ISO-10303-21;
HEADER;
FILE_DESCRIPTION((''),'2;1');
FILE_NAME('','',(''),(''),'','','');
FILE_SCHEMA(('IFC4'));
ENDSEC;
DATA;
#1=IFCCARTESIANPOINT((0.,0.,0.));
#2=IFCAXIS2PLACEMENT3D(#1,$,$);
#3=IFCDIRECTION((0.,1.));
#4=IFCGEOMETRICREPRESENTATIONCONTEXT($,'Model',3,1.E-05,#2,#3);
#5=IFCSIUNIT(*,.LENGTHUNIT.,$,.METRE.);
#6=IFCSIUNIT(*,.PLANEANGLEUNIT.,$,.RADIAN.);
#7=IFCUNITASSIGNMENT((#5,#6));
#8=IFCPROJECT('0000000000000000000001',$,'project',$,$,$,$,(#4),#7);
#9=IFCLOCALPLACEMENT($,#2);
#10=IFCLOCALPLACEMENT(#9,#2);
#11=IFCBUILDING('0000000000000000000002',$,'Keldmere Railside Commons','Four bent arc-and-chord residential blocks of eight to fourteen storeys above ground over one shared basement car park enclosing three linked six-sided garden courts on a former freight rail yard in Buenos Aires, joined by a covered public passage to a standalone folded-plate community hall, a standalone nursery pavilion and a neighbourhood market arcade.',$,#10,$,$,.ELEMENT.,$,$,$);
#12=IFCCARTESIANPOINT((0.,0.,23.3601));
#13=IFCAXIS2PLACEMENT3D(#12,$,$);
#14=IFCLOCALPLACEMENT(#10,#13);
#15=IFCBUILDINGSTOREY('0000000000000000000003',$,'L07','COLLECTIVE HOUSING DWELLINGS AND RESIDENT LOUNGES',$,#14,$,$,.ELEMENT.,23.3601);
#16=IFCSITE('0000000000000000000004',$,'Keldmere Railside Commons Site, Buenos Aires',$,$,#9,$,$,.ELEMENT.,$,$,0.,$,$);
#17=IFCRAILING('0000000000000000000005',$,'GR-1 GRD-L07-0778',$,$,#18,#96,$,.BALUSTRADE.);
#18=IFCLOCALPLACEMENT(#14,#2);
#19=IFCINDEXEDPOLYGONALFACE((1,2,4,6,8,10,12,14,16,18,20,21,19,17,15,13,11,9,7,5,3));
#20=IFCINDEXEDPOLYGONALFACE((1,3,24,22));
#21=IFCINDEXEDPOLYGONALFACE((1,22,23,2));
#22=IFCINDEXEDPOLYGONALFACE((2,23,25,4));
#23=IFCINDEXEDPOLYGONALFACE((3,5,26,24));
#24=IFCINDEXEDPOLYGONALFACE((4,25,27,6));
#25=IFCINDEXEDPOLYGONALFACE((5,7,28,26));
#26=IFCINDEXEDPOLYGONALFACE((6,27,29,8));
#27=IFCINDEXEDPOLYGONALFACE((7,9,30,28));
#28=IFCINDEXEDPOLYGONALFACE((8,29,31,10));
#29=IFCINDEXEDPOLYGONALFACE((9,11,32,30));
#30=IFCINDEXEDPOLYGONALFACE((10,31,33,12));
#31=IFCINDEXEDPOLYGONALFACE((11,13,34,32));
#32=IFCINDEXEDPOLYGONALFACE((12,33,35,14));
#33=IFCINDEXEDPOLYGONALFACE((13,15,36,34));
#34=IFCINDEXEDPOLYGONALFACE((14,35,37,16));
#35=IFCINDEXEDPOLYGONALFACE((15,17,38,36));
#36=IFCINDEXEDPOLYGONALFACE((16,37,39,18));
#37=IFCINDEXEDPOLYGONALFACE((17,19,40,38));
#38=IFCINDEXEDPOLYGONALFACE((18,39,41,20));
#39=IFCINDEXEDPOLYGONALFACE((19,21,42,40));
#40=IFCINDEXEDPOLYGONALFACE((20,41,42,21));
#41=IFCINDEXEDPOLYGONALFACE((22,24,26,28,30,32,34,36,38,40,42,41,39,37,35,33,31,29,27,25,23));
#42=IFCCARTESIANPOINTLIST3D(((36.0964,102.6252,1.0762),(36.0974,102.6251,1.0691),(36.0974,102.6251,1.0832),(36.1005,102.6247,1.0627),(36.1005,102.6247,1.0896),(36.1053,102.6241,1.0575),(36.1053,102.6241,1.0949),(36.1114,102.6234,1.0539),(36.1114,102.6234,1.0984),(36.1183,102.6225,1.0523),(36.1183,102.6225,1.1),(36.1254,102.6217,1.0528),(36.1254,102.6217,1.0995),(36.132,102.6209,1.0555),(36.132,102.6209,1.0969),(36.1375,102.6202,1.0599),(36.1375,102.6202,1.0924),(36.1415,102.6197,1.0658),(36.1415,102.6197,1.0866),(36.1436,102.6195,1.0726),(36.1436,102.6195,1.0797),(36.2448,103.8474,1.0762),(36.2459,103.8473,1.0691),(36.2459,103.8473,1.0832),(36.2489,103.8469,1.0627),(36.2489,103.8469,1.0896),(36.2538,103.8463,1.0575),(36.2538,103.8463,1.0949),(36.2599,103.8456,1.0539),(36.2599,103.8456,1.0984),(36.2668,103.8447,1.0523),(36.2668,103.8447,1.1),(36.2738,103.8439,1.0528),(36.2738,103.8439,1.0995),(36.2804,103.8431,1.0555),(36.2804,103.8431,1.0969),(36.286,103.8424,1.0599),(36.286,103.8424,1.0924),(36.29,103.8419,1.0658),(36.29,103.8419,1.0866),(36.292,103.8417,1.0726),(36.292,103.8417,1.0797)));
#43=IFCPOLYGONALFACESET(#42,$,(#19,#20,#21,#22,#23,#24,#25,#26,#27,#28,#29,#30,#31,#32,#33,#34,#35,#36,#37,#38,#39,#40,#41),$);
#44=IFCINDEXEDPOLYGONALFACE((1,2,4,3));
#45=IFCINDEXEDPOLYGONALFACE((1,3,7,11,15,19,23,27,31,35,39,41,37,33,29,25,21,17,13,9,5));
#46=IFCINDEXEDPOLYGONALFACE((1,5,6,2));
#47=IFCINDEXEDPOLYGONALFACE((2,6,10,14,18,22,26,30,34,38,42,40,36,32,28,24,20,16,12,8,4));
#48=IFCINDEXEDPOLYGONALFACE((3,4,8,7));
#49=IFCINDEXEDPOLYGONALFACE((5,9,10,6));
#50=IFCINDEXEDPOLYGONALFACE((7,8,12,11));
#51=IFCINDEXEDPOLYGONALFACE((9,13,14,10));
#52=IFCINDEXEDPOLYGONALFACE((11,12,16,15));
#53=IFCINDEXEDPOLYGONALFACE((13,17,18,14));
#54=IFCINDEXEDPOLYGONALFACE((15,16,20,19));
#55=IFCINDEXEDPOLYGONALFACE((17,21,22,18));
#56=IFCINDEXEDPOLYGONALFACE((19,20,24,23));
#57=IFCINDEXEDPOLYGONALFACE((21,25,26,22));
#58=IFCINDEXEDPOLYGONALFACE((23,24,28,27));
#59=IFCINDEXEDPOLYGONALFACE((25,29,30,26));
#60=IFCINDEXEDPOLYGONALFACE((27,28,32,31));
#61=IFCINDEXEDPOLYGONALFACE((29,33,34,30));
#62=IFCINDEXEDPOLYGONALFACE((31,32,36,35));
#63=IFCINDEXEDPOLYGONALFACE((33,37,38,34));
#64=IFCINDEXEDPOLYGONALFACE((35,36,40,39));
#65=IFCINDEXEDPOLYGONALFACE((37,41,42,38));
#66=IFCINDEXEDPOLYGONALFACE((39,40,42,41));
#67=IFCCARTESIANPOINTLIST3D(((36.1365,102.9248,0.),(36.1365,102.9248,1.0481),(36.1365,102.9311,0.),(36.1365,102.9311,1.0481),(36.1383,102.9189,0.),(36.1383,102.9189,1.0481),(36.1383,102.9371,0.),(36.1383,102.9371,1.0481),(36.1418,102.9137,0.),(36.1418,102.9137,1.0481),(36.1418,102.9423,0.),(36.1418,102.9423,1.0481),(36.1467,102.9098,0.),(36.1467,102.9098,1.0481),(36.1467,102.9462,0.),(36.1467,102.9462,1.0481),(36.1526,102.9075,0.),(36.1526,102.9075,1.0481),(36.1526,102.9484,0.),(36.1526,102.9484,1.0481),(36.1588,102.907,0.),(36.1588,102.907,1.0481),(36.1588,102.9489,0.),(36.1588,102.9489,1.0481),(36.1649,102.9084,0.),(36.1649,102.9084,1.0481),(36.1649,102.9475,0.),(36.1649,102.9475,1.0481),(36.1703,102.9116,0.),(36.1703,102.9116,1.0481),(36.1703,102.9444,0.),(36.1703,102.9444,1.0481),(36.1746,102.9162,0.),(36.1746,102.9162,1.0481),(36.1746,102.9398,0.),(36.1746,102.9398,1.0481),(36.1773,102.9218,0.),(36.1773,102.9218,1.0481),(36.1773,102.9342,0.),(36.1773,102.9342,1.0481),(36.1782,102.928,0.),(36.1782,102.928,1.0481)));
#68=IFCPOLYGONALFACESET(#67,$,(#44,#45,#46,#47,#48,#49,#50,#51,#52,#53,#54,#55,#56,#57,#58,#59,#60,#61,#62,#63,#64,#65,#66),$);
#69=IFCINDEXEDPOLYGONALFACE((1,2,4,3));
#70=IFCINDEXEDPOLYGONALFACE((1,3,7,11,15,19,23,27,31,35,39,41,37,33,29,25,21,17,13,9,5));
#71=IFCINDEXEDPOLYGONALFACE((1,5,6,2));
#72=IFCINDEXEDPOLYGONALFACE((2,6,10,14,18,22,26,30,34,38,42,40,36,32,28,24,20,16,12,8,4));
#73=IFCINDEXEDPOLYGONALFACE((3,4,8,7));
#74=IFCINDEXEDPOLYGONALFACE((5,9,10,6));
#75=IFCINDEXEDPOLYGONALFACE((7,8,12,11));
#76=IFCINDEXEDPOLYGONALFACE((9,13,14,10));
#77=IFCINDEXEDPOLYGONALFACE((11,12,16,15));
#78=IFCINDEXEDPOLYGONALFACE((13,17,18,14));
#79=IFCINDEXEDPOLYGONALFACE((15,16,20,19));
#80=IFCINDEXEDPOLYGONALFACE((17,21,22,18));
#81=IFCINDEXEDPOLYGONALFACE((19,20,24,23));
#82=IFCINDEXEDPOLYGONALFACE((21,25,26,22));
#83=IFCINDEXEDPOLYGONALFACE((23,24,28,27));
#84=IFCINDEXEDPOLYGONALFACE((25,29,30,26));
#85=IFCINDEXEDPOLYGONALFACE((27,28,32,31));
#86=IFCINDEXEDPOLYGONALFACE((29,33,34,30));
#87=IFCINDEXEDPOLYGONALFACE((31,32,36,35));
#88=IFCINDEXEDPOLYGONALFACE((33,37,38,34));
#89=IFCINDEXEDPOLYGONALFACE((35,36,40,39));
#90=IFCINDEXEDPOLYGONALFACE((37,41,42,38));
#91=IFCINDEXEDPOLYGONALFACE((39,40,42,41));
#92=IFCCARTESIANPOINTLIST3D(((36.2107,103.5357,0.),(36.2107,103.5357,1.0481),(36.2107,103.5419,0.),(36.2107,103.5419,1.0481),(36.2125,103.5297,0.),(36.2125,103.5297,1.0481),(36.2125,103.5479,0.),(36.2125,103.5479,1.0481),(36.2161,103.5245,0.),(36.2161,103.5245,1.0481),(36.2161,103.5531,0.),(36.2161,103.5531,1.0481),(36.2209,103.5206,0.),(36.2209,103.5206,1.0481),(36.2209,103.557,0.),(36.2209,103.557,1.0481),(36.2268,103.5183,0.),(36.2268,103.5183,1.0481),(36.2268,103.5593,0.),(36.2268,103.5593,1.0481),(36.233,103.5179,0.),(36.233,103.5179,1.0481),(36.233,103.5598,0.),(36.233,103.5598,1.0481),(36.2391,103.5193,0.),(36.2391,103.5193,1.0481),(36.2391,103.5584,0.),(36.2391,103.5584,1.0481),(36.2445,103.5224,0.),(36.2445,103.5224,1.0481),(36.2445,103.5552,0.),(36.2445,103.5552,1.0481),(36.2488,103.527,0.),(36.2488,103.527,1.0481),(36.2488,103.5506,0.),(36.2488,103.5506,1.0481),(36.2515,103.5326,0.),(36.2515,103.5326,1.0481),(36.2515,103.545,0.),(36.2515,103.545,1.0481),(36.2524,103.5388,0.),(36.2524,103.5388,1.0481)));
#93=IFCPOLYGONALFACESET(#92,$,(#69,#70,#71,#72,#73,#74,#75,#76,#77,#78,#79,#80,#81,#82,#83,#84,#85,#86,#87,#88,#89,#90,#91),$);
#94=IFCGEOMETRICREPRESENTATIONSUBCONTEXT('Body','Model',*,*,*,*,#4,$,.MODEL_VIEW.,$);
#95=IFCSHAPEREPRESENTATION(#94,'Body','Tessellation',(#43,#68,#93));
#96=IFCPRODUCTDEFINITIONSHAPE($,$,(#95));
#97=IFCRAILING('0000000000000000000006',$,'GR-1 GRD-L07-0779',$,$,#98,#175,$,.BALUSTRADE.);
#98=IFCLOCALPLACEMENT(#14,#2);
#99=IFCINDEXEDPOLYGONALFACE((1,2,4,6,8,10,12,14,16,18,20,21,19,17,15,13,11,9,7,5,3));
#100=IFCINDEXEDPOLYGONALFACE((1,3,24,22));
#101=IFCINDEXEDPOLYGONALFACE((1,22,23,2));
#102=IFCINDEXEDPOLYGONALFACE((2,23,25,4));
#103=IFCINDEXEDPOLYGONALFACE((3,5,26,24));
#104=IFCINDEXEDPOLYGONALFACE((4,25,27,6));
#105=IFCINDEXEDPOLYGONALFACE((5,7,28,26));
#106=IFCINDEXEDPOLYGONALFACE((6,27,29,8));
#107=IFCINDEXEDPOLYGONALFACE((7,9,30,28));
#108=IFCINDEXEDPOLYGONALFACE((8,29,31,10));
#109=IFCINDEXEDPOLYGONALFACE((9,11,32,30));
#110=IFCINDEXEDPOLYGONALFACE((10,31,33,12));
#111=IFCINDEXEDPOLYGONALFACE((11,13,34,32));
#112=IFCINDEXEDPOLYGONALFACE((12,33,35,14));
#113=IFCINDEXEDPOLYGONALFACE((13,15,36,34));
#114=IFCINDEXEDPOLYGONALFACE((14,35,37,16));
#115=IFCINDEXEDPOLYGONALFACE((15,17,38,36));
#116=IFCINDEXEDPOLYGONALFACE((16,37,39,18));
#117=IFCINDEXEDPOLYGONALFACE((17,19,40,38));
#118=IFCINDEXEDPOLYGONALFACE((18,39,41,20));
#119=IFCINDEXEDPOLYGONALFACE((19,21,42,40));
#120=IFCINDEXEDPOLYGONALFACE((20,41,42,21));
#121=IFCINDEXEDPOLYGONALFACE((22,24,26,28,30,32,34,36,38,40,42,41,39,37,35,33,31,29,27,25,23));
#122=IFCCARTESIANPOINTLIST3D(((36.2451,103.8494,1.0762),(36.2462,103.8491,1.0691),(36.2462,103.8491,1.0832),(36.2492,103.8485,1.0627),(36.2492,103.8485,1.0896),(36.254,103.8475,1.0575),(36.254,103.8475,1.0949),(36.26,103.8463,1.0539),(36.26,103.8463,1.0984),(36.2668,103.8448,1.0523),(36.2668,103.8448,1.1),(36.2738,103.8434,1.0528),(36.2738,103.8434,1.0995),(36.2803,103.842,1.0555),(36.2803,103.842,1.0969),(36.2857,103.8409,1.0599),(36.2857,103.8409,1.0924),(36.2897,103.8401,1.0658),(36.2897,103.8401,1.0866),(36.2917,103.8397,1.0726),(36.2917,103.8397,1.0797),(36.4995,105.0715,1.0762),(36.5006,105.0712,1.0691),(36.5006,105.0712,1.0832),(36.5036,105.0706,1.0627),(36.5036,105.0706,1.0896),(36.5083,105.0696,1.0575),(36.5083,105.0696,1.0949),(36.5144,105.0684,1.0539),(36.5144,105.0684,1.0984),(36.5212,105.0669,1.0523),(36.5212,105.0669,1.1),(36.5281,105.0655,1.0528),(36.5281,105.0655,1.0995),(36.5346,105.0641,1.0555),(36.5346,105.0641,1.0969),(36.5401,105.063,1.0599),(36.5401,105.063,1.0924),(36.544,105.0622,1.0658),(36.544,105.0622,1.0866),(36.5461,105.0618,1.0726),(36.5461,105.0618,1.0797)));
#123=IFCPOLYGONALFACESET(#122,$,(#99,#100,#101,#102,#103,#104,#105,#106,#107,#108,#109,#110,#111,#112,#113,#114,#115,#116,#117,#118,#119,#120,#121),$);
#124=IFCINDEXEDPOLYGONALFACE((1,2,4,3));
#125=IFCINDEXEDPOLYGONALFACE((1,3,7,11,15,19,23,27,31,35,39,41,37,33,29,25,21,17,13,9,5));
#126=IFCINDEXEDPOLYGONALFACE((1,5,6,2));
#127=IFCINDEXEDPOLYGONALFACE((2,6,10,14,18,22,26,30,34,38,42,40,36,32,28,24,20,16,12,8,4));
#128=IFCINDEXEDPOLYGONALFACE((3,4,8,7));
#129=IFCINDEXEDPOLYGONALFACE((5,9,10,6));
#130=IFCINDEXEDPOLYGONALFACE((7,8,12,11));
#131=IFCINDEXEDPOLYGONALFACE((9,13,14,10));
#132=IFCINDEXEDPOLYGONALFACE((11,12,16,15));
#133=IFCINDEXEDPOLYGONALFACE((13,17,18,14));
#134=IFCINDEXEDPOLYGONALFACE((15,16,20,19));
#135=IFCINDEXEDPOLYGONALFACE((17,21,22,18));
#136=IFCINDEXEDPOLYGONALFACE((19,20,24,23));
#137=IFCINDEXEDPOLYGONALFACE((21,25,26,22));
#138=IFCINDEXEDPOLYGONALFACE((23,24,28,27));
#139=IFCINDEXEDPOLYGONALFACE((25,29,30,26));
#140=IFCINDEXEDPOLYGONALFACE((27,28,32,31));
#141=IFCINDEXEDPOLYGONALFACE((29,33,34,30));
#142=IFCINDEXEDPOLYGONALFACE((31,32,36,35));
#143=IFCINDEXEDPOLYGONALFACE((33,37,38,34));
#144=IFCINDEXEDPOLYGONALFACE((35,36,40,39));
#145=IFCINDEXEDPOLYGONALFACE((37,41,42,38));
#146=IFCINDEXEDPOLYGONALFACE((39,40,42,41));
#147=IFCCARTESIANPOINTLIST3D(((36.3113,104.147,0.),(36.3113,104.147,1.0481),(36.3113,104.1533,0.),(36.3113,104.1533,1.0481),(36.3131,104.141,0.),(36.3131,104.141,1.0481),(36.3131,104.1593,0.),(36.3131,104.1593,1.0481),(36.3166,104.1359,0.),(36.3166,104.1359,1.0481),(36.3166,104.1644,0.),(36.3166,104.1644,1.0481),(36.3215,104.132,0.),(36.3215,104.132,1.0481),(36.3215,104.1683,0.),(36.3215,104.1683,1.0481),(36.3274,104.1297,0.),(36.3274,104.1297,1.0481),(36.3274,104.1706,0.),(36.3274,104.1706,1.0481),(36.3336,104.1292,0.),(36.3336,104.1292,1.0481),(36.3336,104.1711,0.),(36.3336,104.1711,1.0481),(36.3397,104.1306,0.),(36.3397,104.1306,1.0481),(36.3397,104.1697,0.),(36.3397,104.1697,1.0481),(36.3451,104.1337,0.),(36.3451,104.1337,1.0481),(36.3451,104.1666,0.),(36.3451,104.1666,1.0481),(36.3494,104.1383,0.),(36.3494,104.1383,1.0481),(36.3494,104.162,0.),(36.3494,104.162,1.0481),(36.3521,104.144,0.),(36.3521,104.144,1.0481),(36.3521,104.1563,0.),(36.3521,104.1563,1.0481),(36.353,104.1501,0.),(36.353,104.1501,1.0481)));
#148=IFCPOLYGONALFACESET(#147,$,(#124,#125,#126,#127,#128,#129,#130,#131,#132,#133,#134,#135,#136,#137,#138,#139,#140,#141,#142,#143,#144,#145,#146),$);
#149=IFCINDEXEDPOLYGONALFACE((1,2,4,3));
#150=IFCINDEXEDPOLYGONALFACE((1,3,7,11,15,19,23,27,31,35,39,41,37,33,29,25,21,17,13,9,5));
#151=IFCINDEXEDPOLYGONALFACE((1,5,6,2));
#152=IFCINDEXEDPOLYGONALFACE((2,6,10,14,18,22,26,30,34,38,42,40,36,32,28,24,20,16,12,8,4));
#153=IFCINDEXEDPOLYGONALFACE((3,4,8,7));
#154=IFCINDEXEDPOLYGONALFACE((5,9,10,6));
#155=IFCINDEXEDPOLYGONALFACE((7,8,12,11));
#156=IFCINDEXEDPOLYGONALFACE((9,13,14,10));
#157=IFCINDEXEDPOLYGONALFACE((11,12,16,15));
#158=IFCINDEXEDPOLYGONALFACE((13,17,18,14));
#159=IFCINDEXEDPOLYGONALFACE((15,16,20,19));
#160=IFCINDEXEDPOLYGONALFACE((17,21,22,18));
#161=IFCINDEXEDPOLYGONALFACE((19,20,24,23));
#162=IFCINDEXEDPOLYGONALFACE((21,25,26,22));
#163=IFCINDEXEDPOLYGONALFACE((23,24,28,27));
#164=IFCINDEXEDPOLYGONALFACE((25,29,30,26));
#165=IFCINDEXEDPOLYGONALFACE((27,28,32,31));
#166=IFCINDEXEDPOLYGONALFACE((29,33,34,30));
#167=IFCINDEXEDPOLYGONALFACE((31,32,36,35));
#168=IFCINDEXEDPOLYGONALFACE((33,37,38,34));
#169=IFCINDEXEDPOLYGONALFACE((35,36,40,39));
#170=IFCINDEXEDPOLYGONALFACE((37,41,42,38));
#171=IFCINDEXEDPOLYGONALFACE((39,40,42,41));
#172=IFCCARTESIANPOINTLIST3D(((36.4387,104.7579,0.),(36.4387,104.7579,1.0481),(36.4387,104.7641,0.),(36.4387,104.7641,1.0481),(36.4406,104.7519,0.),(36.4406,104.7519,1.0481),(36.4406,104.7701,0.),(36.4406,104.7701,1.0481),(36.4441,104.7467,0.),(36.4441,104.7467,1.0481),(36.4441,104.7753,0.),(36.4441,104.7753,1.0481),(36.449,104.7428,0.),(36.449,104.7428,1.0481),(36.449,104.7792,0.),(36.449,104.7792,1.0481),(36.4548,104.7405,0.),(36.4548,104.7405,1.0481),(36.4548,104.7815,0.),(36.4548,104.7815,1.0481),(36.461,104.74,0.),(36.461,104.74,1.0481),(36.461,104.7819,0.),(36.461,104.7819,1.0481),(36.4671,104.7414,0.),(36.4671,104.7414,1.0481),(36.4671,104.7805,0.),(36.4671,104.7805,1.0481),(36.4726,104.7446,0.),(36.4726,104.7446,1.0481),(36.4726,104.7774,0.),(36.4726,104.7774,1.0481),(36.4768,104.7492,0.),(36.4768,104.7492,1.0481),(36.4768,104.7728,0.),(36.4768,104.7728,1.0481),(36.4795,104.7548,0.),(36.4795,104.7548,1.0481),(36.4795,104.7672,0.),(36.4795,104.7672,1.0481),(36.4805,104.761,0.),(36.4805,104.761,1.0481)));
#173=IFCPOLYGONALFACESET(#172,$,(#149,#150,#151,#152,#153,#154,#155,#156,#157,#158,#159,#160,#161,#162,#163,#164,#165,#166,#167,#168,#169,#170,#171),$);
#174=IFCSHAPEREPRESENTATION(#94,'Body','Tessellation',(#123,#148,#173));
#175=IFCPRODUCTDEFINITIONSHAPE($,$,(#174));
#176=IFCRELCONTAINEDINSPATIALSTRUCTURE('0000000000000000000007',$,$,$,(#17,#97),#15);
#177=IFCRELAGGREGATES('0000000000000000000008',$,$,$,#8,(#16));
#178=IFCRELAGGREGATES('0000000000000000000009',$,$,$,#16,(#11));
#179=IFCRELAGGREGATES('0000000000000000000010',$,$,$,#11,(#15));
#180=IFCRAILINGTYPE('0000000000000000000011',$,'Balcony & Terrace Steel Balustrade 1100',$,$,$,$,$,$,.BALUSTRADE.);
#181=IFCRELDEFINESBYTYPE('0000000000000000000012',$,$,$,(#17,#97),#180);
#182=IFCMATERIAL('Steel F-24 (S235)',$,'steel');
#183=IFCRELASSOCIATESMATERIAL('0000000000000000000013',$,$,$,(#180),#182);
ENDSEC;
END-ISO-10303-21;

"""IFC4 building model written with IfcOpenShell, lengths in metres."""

from ifc_helpers import new_model, si_unit, direction, frame, origin, origin_2d, place, context, subcontext, project, spatial, circle, extrude, material, type_object, element, save


model = new_model("IFC4")

# Units and contexts
model_context = context("Model", 3, precision=1e-05, world=origin(), true_north=direction((0.0, 1.0)))
body_context = subcontext(model_context, "Body", "Model", "MODEL_VIEW")
ifc_project = project(units=[si_unit("LENGTHUNIT", "METRE"), si_unit("PLANEANGLEUNIT", "RADIAN")], contexts=[model_context])

# Site, building, storey
site_placement = place(None, origin())
site = spatial("IfcSite", under=ifc_project, at=site_placement, Name="Keldmere Railside Commons Site, Buenos Aires", CompositionType="ELEMENT", RefElevation=0.0)
building_placement = place(site_placement, origin())
building = spatial("IfcBuilding", under=site, at=building_placement, Name="Keldmere Railside Commons", Description="Four bent arc-and-chord residential blocks of eight to fourteen storeys above ground over one shared basement car park enclosing three linked six-sided garden courts on a former freight rail yard in Buenos Aires, joined by a covered public passage to a standalone folded-plate community hall, a standalone nursery pavilion and a neighbourhood market arcade.", CompositionType="ELEMENT")
storey_placement = place(building_placement, frame((0.0, 0.0, 23.3601)))
storey = spatial("IfcBuildingStorey", under=building, at=storey_placement, Name="L07", Description="COLLECTIVE HOUSING DWELLINGS AND RESIDENT LOUNGES", CompositionType="ELEMENT", Elevation=23.3601)

# Shared definitions
ifc_material_1 = material(Name="Steel F-24 (S235)", Category="steel")

# Railings
railing_type_1 = type_object("IfcRailingType", Name="Balcony & Terrace Steel Balustrade 1100", PredefinedType="BALUSTRADE", material=ifc_material_1)
railing_1_placement = place(storey_placement, frame((36.1201, 102.6223, 0.0)))
element("IfcRailing", 1, at=railing_1_placement, inside=storey, type_object=railing_type_1, Name="GR-1 GRD-L07-0778", PredefinedType="BALUSTRADE", context=body_context, shape_type="SweptSolid", body=[
    extrude(circle(Radius=0.0239, at=origin_2d()), frame((0.0, 0.0, 1.0762), z_axis=(0.120568, 0.992705, 0.0), x_axis=(-0.992705, 0.120568, 0.0)), (0.0, 0.0, 1.0), 1.2312),
    extrude(circle(Radius=0.021, at=origin_2d()), frame((0.0371, 0.3057, 0.0)), (0.0, 0.0, 1.0), 1.0481),
    extrude(circle(Radius=0.021, at=origin_2d()), frame((0.1113, 0.9165, 0.0)), (0.0, 0.0, 1.0), 1.0481),
])
railing_2_placement = place(storey_placement, frame((36.2686, 103.8445, 0.0)))
element("IfcRailing", 2, at=railing_2_placement, inside=storey, type_object=railing_type_1, Name="GR-1 GRD-L07-0779", PredefinedType="BALUSTRADE", context=body_context, shape_type="SweptSolid", body=[
    extrude(circle(Radius=0.0239, at=origin_2d()), frame((0.0, 0.0, 1.0762), z_axis=(0.203782, 0.979016, 0.0), x_axis=(-0.979016, 0.203782, 0.0)), (0.0, 0.0, 1.0), 1.2483),
    extrude(circle(Radius=0.021, at=origin_2d()), frame((0.0635, 0.3057, 0.0)), (0.0, 0.0, 1.0), 1.0481),
    extrude(circle(Radius=0.021, at=origin_2d()), frame((0.1909, 0.9165, 0.0)), (0.0, 0.0, 1.0), 1.0481),
])

save(model, "model.ifc")
